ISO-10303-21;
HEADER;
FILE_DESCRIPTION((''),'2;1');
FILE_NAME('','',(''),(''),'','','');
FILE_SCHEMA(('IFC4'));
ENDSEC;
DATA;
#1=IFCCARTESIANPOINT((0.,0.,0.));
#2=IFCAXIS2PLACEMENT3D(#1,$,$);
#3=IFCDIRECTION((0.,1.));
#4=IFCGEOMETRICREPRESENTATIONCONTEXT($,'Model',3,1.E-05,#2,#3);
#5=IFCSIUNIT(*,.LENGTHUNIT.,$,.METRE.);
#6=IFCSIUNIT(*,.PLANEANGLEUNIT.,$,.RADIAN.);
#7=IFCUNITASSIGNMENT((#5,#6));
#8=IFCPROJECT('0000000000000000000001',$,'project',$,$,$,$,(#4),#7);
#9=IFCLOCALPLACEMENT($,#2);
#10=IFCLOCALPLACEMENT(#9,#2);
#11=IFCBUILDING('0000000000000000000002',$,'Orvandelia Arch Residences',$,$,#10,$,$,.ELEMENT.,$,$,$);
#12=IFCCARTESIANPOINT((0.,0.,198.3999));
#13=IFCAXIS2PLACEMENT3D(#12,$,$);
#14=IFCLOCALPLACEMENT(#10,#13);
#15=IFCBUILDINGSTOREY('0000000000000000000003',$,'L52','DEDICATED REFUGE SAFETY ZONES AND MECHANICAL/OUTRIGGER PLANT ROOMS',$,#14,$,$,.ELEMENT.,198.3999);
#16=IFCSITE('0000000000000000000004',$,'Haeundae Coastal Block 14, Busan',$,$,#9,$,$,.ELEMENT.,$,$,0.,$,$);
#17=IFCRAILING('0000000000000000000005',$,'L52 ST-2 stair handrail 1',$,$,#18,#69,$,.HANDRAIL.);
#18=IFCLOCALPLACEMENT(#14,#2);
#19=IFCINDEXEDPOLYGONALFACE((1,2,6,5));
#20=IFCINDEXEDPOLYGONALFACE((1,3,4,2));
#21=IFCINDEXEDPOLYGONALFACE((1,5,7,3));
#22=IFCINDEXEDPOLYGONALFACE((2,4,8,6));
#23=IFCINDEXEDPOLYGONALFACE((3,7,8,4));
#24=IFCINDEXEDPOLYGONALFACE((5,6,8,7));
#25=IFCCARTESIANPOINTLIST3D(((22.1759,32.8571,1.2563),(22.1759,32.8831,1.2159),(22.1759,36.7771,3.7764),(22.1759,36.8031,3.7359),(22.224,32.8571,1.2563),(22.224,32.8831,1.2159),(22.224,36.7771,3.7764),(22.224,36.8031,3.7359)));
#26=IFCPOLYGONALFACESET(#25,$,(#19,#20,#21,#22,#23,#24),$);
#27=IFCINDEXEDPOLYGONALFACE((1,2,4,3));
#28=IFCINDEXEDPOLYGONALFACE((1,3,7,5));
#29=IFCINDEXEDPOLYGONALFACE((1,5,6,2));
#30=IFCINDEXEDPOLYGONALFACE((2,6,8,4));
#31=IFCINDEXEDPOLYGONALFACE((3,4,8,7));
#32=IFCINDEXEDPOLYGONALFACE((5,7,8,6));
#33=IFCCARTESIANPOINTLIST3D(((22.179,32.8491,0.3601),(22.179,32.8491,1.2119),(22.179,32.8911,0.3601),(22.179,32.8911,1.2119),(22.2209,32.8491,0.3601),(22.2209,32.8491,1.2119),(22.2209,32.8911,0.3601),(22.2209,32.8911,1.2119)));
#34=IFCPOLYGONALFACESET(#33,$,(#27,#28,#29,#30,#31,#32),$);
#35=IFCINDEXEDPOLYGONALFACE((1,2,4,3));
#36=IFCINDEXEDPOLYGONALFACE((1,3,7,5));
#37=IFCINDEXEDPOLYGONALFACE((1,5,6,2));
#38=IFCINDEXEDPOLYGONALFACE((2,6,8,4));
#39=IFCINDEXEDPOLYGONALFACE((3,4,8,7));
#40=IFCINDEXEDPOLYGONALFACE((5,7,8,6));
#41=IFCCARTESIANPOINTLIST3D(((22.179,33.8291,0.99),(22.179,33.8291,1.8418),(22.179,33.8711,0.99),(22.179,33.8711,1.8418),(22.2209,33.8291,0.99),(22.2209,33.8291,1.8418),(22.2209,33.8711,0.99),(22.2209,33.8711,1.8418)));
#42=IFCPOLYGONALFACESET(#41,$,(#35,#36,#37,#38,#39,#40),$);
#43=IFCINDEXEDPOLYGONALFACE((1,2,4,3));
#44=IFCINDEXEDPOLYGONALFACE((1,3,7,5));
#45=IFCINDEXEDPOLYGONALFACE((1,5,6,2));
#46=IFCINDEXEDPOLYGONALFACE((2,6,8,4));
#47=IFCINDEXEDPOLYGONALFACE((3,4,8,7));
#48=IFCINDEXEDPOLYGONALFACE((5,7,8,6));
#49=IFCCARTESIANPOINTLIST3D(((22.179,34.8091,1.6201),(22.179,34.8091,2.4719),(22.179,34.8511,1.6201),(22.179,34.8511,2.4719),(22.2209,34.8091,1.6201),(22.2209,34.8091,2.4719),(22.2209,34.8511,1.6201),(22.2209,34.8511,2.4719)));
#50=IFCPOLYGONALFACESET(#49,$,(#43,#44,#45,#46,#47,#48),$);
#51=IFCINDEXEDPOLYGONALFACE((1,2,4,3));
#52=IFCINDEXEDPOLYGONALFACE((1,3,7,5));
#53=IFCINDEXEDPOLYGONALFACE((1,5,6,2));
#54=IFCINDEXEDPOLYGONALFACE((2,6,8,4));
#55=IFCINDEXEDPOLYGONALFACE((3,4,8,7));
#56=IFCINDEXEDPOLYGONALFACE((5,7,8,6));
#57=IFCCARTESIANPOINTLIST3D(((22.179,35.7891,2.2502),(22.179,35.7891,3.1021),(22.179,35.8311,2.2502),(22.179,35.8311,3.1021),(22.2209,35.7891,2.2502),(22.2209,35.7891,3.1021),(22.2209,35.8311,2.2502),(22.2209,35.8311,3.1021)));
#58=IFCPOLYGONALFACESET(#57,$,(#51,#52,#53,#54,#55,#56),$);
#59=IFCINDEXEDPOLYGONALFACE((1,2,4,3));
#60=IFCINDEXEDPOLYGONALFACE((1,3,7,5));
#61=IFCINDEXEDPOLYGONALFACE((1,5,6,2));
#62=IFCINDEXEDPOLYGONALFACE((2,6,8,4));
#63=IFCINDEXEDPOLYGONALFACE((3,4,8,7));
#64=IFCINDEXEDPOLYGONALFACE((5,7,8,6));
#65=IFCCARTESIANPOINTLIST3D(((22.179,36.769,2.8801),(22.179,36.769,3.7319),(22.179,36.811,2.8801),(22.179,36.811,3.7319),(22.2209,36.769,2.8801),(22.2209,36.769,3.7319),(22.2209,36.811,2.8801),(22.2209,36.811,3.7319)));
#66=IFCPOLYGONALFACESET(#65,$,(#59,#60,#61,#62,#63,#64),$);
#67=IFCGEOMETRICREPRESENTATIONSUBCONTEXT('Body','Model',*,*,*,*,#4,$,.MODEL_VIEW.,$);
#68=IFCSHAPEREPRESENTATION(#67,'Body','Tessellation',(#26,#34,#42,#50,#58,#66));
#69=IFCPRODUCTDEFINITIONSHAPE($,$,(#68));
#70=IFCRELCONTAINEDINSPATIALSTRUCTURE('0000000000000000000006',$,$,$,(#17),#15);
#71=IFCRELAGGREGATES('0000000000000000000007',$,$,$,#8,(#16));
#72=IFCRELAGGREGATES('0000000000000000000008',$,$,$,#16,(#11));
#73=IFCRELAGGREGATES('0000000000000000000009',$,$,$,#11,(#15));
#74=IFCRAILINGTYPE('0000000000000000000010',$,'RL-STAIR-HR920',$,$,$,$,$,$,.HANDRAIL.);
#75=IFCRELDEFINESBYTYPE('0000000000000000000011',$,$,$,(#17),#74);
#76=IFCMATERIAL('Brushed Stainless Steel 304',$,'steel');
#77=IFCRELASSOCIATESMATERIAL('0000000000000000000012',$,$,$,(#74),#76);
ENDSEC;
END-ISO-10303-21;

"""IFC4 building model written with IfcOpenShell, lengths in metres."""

from ifc_helpers import new_model, si_unit, direction, frame, origin, origin_2d, place, context, subcontext, project, spatial, rectangle, extrude, material, type_object, element, save


model = new_model("IFC4")

# Units and contexts
model_context = context("Model", 3, precision=1e-05, world=origin(), true_north=direction((0.0, 1.0)))
body_context = subcontext(model_context, "Body", "Model", "MODEL_VIEW")
ifc_project = project(units=[si_unit("LENGTHUNIT", "METRE"), si_unit("PLANEANGLEUNIT", "RADIAN")], contexts=[model_context])

# Site, building, storey
site_placement = place(None, origin())
site = spatial("IfcSite", under=ifc_project, at=site_placement, Name="Haeundae Coastal Block 14, Busan", CompositionType="ELEMENT", RefElevation=0.0)
building_placement = place(site_placement, origin())
building = spatial("IfcBuilding", under=site, at=building_placement, Name="Orvandelia Arch Residences", CompositionType="ELEMENT")
storey_placement = place(building_placement, frame((0.0, 0.0, 198.3999)))
storey = spatial("IfcBuildingStorey", under=building, at=storey_placement, Name="L52", Description="DEDICATED REFUGE SAFETY ZONES AND MECHANICAL/OUTRIGGER PLANT ROOMS", CompositionType="ELEMENT", Elevation=198.3999)

# Railing
ifc_material_1 = material(Name="Brushed Stainless Steel 304", Category="steel")
railing_type_1 = type_object("IfcRailingType", Name="RL-STAIR-HR920", PredefinedType="HANDRAIL", material=ifc_material_1)
railing_1_placement = place(storey_placement, frame((22.2, 32.8701, 0.3601)))
element("IfcRailing", 1, at=railing_1_placement, inside=storey, type_object=railing_type_1, Name="L52 ST-2 stair handrail 1", PredefinedType="HANDRAIL", context=body_context, shape_type="SweptSolid", body=[
    extrude(rectangle(XDim=0.0481, YDim=0.0481, at=origin_2d()), frame((0.0, 0.0, 0.876), z_axis=(0.0, 0.841172, 0.540768), x_axis=(-1.0, 0.0, 0.0)), (0.0, 0.0, 1.0), 4.6602),
    extrude(rectangle(XDim=0.042, YDim=0.042, at=origin_2d()), origin(), (0.0, 0.0, 1.0), 0.8518),
    extrude(rectangle(XDim=0.042, YDim=0.042, at=origin_2d()), frame((0.0, 0.98, 0.6299)), (0.0, 0.0, 1.0), 0.8518),
    extrude(rectangle(XDim=0.042, YDim=0.042, at=origin_2d()), frame((0.0, 1.96, 1.26)), (0.0, 0.0, 1.0), 0.8518),
    extrude(rectangle(XDim=0.042, YDim=0.042, at=origin_2d()), frame((0.0, 2.9399, 1.8901)), (0.0, 0.0, 1.0), 0.8518),
    extrude(rectangle(XDim=0.042, YDim=0.042, at=origin_2d()), frame((0.0, 3.9199, 2.52)), (0.0, 0.0, 1.0), 0.8518),
])

save(model, "model.ifc")
